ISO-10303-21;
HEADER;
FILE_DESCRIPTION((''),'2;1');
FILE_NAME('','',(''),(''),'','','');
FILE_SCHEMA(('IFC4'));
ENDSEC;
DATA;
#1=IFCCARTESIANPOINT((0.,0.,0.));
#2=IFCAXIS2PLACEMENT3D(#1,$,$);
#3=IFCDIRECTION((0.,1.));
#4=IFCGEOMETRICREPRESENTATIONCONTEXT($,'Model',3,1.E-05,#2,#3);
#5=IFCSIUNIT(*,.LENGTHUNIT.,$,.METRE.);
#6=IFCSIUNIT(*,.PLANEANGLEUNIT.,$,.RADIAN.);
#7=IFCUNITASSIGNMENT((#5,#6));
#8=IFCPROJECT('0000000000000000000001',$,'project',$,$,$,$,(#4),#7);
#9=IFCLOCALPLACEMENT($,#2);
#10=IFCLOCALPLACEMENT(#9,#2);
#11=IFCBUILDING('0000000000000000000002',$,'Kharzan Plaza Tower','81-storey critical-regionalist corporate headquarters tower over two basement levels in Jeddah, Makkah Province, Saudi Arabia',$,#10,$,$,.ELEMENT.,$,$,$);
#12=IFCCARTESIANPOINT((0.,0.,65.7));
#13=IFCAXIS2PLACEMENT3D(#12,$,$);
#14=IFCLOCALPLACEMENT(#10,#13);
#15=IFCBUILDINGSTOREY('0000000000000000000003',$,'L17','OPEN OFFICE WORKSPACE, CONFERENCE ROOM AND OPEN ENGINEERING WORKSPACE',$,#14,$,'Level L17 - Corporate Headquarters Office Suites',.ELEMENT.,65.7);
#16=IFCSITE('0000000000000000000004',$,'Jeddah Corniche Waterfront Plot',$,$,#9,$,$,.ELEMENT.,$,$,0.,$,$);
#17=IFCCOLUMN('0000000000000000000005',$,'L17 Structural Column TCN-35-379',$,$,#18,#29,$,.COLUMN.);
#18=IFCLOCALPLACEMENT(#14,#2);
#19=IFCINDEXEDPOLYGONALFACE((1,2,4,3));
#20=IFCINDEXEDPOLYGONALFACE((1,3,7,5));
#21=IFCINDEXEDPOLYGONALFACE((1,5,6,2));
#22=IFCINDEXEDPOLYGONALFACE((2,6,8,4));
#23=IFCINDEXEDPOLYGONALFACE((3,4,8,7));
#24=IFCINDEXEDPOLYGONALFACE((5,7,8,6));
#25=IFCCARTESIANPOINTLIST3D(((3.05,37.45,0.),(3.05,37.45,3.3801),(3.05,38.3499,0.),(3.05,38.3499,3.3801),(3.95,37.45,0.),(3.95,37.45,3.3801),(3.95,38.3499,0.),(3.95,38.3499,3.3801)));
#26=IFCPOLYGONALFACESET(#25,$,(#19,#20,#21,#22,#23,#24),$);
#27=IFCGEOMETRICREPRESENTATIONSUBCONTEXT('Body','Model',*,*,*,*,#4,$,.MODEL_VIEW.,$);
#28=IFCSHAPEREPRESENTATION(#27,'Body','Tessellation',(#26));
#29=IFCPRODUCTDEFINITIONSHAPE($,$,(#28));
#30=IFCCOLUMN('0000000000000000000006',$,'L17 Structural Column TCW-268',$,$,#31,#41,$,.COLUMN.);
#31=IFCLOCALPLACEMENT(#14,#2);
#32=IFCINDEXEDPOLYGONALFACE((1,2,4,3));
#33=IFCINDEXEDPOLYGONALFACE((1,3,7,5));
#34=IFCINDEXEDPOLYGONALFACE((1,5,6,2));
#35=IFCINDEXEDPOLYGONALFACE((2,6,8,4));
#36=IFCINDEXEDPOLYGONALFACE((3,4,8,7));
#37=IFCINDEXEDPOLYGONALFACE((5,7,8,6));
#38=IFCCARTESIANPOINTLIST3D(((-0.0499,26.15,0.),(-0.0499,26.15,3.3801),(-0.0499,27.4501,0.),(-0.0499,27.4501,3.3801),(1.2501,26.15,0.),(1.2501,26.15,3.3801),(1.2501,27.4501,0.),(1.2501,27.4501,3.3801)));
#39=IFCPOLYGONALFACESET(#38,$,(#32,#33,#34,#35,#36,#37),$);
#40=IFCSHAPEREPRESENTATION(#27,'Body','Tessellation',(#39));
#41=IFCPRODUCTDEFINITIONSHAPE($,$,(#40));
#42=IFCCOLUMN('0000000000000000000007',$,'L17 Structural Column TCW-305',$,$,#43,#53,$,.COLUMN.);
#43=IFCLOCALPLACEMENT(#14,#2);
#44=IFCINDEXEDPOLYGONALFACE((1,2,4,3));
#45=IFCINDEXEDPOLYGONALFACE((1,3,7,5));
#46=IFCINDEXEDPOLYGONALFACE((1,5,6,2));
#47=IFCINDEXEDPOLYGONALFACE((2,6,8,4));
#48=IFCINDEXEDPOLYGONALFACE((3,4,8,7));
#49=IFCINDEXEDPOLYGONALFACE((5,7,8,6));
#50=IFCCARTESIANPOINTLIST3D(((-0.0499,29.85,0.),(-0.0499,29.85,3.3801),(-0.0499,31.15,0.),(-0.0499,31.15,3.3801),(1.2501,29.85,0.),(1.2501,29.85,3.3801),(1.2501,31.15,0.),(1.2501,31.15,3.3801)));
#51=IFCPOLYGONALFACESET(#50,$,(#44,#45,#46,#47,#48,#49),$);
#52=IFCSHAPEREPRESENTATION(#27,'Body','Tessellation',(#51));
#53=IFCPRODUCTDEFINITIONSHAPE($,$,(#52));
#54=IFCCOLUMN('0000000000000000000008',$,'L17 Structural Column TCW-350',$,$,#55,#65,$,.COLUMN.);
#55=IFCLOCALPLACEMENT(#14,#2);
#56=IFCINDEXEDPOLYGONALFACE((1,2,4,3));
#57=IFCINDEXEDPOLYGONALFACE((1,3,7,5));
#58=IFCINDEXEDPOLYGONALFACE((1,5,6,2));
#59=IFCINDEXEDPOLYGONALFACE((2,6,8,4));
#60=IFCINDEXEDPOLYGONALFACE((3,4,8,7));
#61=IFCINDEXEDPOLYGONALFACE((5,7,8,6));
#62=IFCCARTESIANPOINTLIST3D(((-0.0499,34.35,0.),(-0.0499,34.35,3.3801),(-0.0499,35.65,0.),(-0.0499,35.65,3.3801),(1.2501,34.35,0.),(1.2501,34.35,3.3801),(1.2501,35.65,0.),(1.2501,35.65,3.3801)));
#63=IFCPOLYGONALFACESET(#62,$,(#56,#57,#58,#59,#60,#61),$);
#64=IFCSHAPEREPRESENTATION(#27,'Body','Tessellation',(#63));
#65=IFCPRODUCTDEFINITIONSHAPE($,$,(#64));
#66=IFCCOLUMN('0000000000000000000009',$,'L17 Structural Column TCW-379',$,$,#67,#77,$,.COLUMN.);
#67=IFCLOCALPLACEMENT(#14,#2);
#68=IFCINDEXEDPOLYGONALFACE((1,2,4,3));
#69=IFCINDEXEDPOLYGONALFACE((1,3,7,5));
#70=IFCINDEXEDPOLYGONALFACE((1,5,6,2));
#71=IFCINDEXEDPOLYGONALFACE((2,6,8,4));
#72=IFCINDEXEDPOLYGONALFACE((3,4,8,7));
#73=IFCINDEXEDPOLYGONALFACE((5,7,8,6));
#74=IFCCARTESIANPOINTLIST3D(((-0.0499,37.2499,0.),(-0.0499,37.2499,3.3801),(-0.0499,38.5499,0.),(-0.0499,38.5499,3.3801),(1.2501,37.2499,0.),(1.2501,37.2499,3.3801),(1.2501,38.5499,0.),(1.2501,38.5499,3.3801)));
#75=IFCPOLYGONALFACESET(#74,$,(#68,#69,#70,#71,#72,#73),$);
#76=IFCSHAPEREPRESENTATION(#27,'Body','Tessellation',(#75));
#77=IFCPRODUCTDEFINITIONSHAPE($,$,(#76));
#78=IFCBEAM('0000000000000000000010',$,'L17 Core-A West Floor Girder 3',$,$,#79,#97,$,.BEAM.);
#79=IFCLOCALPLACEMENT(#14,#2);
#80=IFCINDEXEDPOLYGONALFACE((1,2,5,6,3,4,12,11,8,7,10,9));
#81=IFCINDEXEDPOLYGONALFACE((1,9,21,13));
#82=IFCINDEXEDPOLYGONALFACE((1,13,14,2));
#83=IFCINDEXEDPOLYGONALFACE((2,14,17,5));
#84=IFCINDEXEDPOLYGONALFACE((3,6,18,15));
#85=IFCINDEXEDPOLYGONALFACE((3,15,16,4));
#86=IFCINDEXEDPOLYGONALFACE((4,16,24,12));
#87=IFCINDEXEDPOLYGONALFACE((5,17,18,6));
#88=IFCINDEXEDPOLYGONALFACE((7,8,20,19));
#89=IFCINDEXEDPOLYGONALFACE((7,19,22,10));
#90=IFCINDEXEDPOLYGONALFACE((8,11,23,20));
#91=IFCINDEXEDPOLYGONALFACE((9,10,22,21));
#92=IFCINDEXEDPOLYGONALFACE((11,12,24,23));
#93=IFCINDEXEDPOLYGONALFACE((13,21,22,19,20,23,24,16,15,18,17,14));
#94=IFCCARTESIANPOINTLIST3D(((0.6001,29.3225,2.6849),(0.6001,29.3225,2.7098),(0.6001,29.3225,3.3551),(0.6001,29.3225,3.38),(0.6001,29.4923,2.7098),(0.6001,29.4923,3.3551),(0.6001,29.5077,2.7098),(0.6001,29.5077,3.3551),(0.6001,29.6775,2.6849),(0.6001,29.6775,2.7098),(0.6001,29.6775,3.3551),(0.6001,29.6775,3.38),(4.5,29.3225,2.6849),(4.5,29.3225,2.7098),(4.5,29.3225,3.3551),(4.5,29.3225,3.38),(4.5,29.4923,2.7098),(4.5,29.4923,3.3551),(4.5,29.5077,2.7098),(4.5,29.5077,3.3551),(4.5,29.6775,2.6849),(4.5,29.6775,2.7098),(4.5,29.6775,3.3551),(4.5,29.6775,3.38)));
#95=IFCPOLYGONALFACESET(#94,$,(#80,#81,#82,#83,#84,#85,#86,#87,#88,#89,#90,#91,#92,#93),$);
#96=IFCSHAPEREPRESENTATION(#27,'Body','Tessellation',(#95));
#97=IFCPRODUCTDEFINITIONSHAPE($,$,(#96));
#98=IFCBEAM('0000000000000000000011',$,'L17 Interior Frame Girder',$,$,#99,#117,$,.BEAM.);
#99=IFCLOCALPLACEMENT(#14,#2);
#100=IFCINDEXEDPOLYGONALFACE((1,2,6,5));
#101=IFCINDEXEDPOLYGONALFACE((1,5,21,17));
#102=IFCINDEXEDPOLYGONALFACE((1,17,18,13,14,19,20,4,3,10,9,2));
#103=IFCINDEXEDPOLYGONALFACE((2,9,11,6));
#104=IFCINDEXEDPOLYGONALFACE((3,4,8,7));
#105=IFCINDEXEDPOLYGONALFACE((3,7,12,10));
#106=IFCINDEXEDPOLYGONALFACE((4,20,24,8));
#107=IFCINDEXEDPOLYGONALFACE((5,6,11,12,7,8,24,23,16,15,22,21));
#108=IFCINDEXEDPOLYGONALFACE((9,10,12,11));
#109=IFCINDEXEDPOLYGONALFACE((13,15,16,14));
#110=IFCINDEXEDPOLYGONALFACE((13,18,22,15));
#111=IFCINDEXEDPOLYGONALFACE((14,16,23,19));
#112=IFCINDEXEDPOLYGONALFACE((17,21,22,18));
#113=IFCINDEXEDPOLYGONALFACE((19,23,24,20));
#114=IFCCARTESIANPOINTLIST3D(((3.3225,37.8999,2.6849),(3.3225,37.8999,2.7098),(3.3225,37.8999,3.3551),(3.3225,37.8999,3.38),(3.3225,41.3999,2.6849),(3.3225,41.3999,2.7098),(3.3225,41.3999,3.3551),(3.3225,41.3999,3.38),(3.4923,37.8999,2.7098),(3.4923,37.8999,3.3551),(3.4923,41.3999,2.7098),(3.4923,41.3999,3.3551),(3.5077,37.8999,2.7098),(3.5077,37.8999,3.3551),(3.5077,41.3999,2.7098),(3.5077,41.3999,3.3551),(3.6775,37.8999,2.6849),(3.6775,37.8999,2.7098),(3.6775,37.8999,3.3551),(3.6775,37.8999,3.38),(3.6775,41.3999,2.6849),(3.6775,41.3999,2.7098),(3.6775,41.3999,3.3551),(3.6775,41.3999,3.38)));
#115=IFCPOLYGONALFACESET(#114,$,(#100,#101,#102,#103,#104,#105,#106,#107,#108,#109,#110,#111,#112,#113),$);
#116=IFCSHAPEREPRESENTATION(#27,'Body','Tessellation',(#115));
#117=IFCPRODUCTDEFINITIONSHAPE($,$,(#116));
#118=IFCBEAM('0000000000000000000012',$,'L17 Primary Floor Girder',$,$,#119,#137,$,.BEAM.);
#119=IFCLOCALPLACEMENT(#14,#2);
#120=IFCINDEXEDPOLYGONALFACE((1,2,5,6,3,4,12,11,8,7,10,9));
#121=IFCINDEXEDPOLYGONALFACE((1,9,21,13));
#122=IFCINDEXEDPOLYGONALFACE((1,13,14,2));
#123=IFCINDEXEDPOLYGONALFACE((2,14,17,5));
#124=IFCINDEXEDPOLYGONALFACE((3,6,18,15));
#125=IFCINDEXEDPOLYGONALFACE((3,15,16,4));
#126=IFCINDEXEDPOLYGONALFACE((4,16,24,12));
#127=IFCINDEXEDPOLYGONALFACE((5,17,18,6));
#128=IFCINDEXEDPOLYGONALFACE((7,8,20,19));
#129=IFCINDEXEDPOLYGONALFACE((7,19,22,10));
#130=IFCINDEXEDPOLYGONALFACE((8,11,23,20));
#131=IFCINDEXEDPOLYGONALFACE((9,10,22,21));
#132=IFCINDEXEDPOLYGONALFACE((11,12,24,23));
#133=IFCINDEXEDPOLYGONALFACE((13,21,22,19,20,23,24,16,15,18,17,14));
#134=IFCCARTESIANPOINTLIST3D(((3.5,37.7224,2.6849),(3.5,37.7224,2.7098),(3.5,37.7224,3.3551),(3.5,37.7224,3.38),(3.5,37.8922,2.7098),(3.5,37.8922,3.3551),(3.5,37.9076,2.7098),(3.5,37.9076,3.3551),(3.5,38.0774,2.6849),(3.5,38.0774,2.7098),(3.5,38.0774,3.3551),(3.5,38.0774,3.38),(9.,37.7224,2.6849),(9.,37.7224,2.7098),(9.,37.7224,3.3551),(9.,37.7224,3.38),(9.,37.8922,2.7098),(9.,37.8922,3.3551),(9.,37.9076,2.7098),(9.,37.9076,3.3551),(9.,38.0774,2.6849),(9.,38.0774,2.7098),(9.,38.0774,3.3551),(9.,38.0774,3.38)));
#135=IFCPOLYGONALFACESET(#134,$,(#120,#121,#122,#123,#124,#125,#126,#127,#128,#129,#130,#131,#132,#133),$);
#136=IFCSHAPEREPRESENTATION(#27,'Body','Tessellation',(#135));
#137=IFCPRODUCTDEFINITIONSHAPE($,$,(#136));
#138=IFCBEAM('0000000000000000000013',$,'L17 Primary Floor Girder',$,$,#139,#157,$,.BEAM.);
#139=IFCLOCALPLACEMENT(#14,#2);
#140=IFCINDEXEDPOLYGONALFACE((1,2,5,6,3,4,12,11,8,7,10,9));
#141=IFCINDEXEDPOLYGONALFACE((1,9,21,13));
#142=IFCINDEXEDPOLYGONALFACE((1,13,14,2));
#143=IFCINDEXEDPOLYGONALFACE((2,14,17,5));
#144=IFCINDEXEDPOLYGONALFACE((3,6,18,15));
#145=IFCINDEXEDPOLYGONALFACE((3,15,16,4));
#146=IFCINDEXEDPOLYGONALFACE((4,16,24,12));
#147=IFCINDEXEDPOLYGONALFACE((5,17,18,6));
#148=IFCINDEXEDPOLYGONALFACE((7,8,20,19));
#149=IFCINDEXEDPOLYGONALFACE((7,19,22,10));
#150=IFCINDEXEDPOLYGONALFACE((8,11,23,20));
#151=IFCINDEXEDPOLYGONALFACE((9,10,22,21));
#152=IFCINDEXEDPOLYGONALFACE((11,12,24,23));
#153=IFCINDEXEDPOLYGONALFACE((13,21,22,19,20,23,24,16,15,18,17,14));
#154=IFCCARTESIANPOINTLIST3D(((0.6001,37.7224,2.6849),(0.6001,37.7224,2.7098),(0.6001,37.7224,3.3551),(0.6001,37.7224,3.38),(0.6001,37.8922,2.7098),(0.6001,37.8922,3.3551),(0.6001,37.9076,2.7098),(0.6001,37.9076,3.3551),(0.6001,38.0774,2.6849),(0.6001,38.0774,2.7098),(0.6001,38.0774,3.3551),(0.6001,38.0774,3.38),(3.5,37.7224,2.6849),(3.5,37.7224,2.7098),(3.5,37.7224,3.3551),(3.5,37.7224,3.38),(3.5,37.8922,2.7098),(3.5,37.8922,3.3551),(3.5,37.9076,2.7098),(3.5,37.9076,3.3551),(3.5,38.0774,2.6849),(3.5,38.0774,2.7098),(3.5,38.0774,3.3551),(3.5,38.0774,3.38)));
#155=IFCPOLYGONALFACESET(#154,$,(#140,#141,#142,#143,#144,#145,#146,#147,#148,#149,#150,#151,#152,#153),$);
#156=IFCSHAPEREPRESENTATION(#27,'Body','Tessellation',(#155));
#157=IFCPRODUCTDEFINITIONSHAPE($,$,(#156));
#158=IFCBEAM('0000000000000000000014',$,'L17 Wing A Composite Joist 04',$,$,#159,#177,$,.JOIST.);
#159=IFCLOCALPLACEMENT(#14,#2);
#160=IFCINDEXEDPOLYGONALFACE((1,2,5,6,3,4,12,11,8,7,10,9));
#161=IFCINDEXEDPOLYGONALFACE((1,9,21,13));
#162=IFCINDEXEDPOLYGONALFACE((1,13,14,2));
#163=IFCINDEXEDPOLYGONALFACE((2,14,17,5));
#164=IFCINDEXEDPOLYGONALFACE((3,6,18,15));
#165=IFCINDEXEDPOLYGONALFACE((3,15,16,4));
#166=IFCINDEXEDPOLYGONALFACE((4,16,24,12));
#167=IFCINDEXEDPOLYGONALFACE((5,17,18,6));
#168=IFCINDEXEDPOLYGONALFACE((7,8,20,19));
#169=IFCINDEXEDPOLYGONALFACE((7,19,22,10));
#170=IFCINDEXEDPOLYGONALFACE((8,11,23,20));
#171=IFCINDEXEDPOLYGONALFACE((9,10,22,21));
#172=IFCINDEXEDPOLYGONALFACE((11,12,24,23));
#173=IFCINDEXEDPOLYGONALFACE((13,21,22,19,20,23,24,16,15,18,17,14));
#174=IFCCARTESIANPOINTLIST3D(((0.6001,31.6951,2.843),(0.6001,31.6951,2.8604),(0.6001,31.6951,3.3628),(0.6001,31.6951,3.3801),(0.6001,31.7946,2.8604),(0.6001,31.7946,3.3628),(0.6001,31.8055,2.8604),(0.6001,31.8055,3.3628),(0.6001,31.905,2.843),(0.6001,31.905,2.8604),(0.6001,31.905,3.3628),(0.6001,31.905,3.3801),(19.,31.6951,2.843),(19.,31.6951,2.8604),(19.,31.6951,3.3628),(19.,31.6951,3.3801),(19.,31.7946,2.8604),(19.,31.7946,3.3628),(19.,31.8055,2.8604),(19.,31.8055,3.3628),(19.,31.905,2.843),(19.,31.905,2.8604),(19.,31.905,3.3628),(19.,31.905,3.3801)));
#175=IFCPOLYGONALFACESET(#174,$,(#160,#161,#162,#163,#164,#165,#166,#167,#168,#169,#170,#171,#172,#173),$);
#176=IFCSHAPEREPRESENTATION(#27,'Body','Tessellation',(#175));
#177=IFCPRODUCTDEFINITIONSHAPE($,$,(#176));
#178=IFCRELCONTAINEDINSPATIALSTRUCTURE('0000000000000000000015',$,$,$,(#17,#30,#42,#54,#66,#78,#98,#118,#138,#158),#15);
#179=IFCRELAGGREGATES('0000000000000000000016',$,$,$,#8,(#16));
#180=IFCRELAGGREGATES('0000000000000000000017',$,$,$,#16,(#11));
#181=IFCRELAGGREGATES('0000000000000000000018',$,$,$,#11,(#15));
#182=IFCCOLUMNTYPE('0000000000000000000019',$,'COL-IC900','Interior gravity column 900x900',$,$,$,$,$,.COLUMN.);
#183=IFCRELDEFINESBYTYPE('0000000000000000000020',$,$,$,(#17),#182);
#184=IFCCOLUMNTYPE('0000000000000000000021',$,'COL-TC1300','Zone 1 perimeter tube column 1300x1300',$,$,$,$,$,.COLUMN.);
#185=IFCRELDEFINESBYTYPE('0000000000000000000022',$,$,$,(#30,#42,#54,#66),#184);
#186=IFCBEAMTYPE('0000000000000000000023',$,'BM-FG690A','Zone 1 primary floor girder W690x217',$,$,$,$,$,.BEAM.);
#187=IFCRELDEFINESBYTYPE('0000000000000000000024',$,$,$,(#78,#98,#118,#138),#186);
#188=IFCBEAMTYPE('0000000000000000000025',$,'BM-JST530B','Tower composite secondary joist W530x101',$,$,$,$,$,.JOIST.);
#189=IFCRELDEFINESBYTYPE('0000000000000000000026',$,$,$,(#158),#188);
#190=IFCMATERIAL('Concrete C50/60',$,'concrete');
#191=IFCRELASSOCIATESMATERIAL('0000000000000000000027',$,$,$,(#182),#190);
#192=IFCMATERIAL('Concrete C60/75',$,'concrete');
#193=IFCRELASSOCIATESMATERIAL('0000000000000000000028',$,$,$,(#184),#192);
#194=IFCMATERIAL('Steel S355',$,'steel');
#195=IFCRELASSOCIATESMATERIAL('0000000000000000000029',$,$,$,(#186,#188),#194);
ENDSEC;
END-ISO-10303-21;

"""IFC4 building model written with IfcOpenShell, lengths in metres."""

from ifc_helpers import new_model, si_unit, direction, frame, origin, origin_2d, place, context, subcontext, project, spatial, rectangle, i_section, extrude, source, transform, mapped, material, material_profile, profile_set, type_object, element, save


model = new_model("IFC4")

# Units and contexts
model_context = context("Model", 3, precision=1e-05, world=origin(), true_north=direction((0.0, 1.0)))
body_context = subcontext(model_context, "Body", "Model", "MODEL_VIEW")
ifc_project = project(units=[si_unit("LENGTHUNIT", "METRE"), si_unit("PLANEANGLEUNIT", "RADIAN")], contexts=[model_context])

# Site, building, storey
site_placement = place(None, origin())
site = spatial("IfcSite", under=ifc_project, at=site_placement, Name="Jeddah Corniche Waterfront Plot", CompositionType="ELEMENT", RefElevation=0.0)
building_placement = place(site_placement, origin())
building = spatial("IfcBuilding", under=site, at=building_placement, Name="Kharzan Plaza Tower", Description="81-storey critical-regionalist corporate headquarters tower over two basement levels in Jeddah, Makkah Province, Saudi Arabia", CompositionType="ELEMENT")
storey_placement = place(building_placement, frame((0.0, 0.0, 65.7)))
storey = spatial("IfcBuildingStorey", under=building, at=storey_placement, Name="L17", Description="OPEN OFFICE WORKSPACE, CONFERENCE ROOM AND OPEN ENGINEERING WORKSPACE", LongName="Level L17 - Corporate Headquarters Office Suites", CompositionType="ELEMENT", Elevation=65.7)

# Columns
ifc_material_1 = material(Name="Concrete C50/60", Category="concrete")
ifc_material_profile_1 = material_profile(ifc_material_1, rectangle(XDim=0.8999, YDim=0.8999, at=origin_2d()), Name="RC-IC900x900")
ifc_profile_set_1 = profile_set([ifc_material_profile_1], Name="Concrete C50/60")
column_type_1 = type_object("IfcColumnType", Name="COL-IC900", Description="Interior gravity column 900x900", PredefinedType="COLUMN", material=ifc_profile_set_1)
shared_shape_1 = source(origin(), body_context, "Body", "SweptSolid", [
    extrude(rectangle(XDim=0.8999, YDim=0.8999, at=origin_2d()), origin(), (0.0, 0.0, 1.0), 3.3801),
])
column_placement = place(storey_placement, frame((3.5, 37.8999, 0.0), z_axis=(0.0, 0.0, 1.0), x_axis=(1.0, 0.0, 0.0)))
element("IfcColumn", 1, at=column_placement, inside=storey, type_object=column_type_1, Name="L17 Structural Column TCN-35-379", PredefinedType="COLUMN", context=body_context, shape_type="MappedRepresentation", body=[
    mapped(shared_shape_1, transform((0.0, 0.0, 0.0), x_axis=(1.0, 0.0, 0.0), y_axis=(0.0, 1.0, 0.0), z_axis=(0.0, 0.0, 1.0))),
])
ifc_material_2 = material(Name="Concrete C60/75", Category="concrete")
ifc_material_profile_2 = material_profile(ifc_material_2, rectangle(XDim=1.3, YDim=1.3, at=origin_2d()), Name="RC-TC1300x1300")
ifc_profile_set_2 = profile_set([ifc_material_profile_2], Name="Concrete C60/75")
column_type_2 = type_object("IfcColumnType", Name="COL-TC1300", Description="Zone 1 perimeter tube column 1300x1300", PredefinedType="COLUMN", material=ifc_profile_set_2)
shared_shape_2 = source(origin(), body_context, "Body", "SweptSolid", [
    extrude(rectangle(XDim=1.3, YDim=1.3, at=origin_2d()), origin(), (0.0, 0.0, 1.0), 3.3801),
])
for number, where, z_axis, x_axis, name in (
    (2, (0.6001, 26.8, 0.0), (0.0, 0.0, 1.0), (1.0, 0.0, 0.0), "L17 Structural Column TCW-268"),
    (3, (0.6001, 30.5, 0.0), (0.0, 0.0, 1.0), (1.0, 0.0, 0.0), "L17 Structural Column TCW-305"),
    (4, (0.6001, 35.0, 0.0), (0.0, 0.0, 1.0), (1.0, 0.0, 0.0), "L17 Structural Column TCW-350"),
    (5, (0.6001, 37.8999, 0.0), (0.0, 0.0, 1.0), (1.0, 0.0, 0.0), "L17 Structural Column TCW-379"),
):
    element("IfcColumn", number, at=place(storey_placement, frame(where, z_axis=z_axis, x_axis=x_axis)), inside=storey, type_object=column_type_2, Name=name, PredefinedType="COLUMN", context=body_context, shape_type="MappedRepresentation", body=[
        mapped(shared_shape_2, transform((0.0, 0.0, 0.0), x_axis=(1.0, 0.0, 0.0), y_axis=(0.0, 1.0, 0.0), z_axis=(0.0, 0.0, 1.0))),
    ])

# Beams
ifc_material_3 = material(Name="Steel S355", Category="steel")
ifc_material_profile_3 = material_profile(ifc_material_3, i_section(OverallWidth=0.355, OverallDepth=0.6951, WebThickness=0.0154, FlangeThickness=0.0249, at=origin_2d()), Name="W690x217")
ifc_profile_set_3 = profile_set([ifc_material_profile_3], Name="Steel S355")
beam_type_1 = type_object("IfcBeamType", Name="BM-FG690A", Description="Zone 1 primary floor girder W690x217", PredefinedType="BEAM", material=ifc_profile_set_3)
shared_shape_3 = source(origin(), body_context, "Body", "SweptSolid", [
    extrude(i_section(OverallWidth=0.355, OverallDepth=0.6951, WebThickness=0.0154, FlangeThickness=0.0249, at=origin_2d()), origin(), (0.0, 0.0, 1.0), 3.8999),
])
beam_1_placement = place(storey_placement, frame((0.6001, 29.5, 3.0325), z_axis=(1.0, 0.0, 0.0), x_axis=(0.0, 1.0, 0.0)))
element("IfcBeam", 6, at=beam_1_placement, inside=storey, type_object=beam_type_1, Name="L17 Core-A West Floor Girder 3", PredefinedType="BEAM", context=body_context, shape_type="MappedRepresentation", body=[
    mapped(shared_shape_3, transform((0.0, 0.0, 0.0), x_axis=(1.0, 0.0, 0.0), y_axis=(0.0, 1.0, 0.0), z_axis=(0.0, 0.0, 1.0))),
])
shared_shape_4 = source(origin(), body_context, "Body", "SweptSolid", [
    extrude(i_section(OverallWidth=0.355, OverallDepth=0.6951, WebThickness=0.0154, FlangeThickness=0.0249, at=origin_2d()), origin(), (0.0, 0.0, 1.0), 3.5),
])
beam_2_placement = place(storey_placement, frame((3.5, 37.8999, 3.0325), z_axis=(0.0, 1.0, 0.0), x_axis=(-1.0, 0.0, 0.0)))
element("IfcBeam", 7, at=beam_2_placement, inside=storey, type_object=beam_type_1, Name="L17 Interior Frame Girder", PredefinedType="BEAM", context=body_context, shape_type="MappedRepresentation", body=[
    mapped(shared_shape_4, transform((0.0, 0.0, 0.0), x_axis=(1.0, 0.0, 0.0), y_axis=(0.0, 1.0, 0.0), z_axis=(0.0, 0.0, 1.0))),
])
shared_shape_5 = source(origin(), body_context, "Body", "SweptSolid", [
    extrude(i_section(OverallWidth=0.355, OverallDepth=0.6951, WebThickness=0.0154, FlangeThickness=0.0249, at=origin_2d()), origin(), (0.0, 0.0, 1.0), 5.5),
])
beam_3_placement = place(storey_placement, frame((3.5, 37.8999, 3.0325), z_axis=(1.0, 0.0, 0.0), x_axis=(0.0, 1.0, 0.0)))
element("IfcBeam", 8, at=beam_3_placement, inside=storey, type_object=beam_type_1, Name="L17 Primary Floor Girder", PredefinedType="BEAM", context=body_context, shape_type="MappedRepresentation", body=[
    mapped(shared_shape_5, transform((0.0, 0.0, 0.0), x_axis=(1.0, 0.0, 0.0), y_axis=(0.0, 1.0, 0.0), z_axis=(0.0, 0.0, 1.0))),
])
shared_shape_6 = source(origin(), body_context, "Body", "SweptSolid", [
    extrude(i_section(OverallWidth=0.355, OverallDepth=0.6951, WebThickness=0.0154, FlangeThickness=0.0249, at=origin_2d()), origin(), (0.0, 0.0, 1.0), 2.8999),
])
beam_4_placement = place(storey_placement, frame((0.6001, 37.8999, 3.0325), z_axis=(1.0, 0.0, 0.0), x_axis=(0.0, 1.0, 0.0)))
element("IfcBeam", 9, at=beam_4_placement, inside=storey, type_object=beam_type_1, Name="L17 Primary Floor Girder", PredefinedType="BEAM", context=body_context, shape_type="MappedRepresentation", body=[
    mapped(shared_shape_6, transform((0.0, 0.0, 0.0), x_axis=(1.0, 0.0, 0.0), y_axis=(0.0, 1.0, 0.0), z_axis=(0.0, 0.0, 1.0))),
])
ifc_material_profile_4 = material_profile(ifc_material_3, i_section(OverallWidth=0.21, OverallDepth=0.5371, WebThickness=0.011, FlangeThickness=0.0173, at=origin_2d()), Name="W530x101")
ifc_profile_set_4 = profile_set([ifc_material_profile_4], Name="Steel S355")
beam_type_2 = type_object("IfcBeamType", Name="BM-JST530B", Description="Tower composite secondary joist W530x101", PredefinedType="JOIST", material=ifc_profile_set_4)
shared_shape_7 = source(origin(), body_context, "Body", "SweptSolid", [
    extrude(i_section(OverallWidth=0.21, OverallDepth=0.5371, WebThickness=0.011, FlangeThickness=0.0173, at=origin_2d()), origin(), (0.0, 0.0, 1.0), 18.3999),
])
for number, where, z_axis, x_axis, name in (
    (10, (0.6001, 31.8, 3.1116), (1.0, 0.0, 0.0), (0.0, 1.0, 0.0), "L17 Wing A Composite Joist 04"),
):
    element("IfcBeam", number, at=place(storey_placement, frame(where, z_axis=z_axis, x_axis=x_axis)), inside=storey, type_object=beam_type_2, Name=name, PredefinedType="JOIST", context=body_context, shape_type="MappedRepresentation", body=[
        mapped(shared_shape_7, transform((0.0, 0.0, 0.0), x_axis=(1.0, 0.0, 0.0), y_axis=(0.0, 1.0, 0.0), z_axis=(0.0, 0.0, 1.0))),
    ])

save(model, "model.ifc")
